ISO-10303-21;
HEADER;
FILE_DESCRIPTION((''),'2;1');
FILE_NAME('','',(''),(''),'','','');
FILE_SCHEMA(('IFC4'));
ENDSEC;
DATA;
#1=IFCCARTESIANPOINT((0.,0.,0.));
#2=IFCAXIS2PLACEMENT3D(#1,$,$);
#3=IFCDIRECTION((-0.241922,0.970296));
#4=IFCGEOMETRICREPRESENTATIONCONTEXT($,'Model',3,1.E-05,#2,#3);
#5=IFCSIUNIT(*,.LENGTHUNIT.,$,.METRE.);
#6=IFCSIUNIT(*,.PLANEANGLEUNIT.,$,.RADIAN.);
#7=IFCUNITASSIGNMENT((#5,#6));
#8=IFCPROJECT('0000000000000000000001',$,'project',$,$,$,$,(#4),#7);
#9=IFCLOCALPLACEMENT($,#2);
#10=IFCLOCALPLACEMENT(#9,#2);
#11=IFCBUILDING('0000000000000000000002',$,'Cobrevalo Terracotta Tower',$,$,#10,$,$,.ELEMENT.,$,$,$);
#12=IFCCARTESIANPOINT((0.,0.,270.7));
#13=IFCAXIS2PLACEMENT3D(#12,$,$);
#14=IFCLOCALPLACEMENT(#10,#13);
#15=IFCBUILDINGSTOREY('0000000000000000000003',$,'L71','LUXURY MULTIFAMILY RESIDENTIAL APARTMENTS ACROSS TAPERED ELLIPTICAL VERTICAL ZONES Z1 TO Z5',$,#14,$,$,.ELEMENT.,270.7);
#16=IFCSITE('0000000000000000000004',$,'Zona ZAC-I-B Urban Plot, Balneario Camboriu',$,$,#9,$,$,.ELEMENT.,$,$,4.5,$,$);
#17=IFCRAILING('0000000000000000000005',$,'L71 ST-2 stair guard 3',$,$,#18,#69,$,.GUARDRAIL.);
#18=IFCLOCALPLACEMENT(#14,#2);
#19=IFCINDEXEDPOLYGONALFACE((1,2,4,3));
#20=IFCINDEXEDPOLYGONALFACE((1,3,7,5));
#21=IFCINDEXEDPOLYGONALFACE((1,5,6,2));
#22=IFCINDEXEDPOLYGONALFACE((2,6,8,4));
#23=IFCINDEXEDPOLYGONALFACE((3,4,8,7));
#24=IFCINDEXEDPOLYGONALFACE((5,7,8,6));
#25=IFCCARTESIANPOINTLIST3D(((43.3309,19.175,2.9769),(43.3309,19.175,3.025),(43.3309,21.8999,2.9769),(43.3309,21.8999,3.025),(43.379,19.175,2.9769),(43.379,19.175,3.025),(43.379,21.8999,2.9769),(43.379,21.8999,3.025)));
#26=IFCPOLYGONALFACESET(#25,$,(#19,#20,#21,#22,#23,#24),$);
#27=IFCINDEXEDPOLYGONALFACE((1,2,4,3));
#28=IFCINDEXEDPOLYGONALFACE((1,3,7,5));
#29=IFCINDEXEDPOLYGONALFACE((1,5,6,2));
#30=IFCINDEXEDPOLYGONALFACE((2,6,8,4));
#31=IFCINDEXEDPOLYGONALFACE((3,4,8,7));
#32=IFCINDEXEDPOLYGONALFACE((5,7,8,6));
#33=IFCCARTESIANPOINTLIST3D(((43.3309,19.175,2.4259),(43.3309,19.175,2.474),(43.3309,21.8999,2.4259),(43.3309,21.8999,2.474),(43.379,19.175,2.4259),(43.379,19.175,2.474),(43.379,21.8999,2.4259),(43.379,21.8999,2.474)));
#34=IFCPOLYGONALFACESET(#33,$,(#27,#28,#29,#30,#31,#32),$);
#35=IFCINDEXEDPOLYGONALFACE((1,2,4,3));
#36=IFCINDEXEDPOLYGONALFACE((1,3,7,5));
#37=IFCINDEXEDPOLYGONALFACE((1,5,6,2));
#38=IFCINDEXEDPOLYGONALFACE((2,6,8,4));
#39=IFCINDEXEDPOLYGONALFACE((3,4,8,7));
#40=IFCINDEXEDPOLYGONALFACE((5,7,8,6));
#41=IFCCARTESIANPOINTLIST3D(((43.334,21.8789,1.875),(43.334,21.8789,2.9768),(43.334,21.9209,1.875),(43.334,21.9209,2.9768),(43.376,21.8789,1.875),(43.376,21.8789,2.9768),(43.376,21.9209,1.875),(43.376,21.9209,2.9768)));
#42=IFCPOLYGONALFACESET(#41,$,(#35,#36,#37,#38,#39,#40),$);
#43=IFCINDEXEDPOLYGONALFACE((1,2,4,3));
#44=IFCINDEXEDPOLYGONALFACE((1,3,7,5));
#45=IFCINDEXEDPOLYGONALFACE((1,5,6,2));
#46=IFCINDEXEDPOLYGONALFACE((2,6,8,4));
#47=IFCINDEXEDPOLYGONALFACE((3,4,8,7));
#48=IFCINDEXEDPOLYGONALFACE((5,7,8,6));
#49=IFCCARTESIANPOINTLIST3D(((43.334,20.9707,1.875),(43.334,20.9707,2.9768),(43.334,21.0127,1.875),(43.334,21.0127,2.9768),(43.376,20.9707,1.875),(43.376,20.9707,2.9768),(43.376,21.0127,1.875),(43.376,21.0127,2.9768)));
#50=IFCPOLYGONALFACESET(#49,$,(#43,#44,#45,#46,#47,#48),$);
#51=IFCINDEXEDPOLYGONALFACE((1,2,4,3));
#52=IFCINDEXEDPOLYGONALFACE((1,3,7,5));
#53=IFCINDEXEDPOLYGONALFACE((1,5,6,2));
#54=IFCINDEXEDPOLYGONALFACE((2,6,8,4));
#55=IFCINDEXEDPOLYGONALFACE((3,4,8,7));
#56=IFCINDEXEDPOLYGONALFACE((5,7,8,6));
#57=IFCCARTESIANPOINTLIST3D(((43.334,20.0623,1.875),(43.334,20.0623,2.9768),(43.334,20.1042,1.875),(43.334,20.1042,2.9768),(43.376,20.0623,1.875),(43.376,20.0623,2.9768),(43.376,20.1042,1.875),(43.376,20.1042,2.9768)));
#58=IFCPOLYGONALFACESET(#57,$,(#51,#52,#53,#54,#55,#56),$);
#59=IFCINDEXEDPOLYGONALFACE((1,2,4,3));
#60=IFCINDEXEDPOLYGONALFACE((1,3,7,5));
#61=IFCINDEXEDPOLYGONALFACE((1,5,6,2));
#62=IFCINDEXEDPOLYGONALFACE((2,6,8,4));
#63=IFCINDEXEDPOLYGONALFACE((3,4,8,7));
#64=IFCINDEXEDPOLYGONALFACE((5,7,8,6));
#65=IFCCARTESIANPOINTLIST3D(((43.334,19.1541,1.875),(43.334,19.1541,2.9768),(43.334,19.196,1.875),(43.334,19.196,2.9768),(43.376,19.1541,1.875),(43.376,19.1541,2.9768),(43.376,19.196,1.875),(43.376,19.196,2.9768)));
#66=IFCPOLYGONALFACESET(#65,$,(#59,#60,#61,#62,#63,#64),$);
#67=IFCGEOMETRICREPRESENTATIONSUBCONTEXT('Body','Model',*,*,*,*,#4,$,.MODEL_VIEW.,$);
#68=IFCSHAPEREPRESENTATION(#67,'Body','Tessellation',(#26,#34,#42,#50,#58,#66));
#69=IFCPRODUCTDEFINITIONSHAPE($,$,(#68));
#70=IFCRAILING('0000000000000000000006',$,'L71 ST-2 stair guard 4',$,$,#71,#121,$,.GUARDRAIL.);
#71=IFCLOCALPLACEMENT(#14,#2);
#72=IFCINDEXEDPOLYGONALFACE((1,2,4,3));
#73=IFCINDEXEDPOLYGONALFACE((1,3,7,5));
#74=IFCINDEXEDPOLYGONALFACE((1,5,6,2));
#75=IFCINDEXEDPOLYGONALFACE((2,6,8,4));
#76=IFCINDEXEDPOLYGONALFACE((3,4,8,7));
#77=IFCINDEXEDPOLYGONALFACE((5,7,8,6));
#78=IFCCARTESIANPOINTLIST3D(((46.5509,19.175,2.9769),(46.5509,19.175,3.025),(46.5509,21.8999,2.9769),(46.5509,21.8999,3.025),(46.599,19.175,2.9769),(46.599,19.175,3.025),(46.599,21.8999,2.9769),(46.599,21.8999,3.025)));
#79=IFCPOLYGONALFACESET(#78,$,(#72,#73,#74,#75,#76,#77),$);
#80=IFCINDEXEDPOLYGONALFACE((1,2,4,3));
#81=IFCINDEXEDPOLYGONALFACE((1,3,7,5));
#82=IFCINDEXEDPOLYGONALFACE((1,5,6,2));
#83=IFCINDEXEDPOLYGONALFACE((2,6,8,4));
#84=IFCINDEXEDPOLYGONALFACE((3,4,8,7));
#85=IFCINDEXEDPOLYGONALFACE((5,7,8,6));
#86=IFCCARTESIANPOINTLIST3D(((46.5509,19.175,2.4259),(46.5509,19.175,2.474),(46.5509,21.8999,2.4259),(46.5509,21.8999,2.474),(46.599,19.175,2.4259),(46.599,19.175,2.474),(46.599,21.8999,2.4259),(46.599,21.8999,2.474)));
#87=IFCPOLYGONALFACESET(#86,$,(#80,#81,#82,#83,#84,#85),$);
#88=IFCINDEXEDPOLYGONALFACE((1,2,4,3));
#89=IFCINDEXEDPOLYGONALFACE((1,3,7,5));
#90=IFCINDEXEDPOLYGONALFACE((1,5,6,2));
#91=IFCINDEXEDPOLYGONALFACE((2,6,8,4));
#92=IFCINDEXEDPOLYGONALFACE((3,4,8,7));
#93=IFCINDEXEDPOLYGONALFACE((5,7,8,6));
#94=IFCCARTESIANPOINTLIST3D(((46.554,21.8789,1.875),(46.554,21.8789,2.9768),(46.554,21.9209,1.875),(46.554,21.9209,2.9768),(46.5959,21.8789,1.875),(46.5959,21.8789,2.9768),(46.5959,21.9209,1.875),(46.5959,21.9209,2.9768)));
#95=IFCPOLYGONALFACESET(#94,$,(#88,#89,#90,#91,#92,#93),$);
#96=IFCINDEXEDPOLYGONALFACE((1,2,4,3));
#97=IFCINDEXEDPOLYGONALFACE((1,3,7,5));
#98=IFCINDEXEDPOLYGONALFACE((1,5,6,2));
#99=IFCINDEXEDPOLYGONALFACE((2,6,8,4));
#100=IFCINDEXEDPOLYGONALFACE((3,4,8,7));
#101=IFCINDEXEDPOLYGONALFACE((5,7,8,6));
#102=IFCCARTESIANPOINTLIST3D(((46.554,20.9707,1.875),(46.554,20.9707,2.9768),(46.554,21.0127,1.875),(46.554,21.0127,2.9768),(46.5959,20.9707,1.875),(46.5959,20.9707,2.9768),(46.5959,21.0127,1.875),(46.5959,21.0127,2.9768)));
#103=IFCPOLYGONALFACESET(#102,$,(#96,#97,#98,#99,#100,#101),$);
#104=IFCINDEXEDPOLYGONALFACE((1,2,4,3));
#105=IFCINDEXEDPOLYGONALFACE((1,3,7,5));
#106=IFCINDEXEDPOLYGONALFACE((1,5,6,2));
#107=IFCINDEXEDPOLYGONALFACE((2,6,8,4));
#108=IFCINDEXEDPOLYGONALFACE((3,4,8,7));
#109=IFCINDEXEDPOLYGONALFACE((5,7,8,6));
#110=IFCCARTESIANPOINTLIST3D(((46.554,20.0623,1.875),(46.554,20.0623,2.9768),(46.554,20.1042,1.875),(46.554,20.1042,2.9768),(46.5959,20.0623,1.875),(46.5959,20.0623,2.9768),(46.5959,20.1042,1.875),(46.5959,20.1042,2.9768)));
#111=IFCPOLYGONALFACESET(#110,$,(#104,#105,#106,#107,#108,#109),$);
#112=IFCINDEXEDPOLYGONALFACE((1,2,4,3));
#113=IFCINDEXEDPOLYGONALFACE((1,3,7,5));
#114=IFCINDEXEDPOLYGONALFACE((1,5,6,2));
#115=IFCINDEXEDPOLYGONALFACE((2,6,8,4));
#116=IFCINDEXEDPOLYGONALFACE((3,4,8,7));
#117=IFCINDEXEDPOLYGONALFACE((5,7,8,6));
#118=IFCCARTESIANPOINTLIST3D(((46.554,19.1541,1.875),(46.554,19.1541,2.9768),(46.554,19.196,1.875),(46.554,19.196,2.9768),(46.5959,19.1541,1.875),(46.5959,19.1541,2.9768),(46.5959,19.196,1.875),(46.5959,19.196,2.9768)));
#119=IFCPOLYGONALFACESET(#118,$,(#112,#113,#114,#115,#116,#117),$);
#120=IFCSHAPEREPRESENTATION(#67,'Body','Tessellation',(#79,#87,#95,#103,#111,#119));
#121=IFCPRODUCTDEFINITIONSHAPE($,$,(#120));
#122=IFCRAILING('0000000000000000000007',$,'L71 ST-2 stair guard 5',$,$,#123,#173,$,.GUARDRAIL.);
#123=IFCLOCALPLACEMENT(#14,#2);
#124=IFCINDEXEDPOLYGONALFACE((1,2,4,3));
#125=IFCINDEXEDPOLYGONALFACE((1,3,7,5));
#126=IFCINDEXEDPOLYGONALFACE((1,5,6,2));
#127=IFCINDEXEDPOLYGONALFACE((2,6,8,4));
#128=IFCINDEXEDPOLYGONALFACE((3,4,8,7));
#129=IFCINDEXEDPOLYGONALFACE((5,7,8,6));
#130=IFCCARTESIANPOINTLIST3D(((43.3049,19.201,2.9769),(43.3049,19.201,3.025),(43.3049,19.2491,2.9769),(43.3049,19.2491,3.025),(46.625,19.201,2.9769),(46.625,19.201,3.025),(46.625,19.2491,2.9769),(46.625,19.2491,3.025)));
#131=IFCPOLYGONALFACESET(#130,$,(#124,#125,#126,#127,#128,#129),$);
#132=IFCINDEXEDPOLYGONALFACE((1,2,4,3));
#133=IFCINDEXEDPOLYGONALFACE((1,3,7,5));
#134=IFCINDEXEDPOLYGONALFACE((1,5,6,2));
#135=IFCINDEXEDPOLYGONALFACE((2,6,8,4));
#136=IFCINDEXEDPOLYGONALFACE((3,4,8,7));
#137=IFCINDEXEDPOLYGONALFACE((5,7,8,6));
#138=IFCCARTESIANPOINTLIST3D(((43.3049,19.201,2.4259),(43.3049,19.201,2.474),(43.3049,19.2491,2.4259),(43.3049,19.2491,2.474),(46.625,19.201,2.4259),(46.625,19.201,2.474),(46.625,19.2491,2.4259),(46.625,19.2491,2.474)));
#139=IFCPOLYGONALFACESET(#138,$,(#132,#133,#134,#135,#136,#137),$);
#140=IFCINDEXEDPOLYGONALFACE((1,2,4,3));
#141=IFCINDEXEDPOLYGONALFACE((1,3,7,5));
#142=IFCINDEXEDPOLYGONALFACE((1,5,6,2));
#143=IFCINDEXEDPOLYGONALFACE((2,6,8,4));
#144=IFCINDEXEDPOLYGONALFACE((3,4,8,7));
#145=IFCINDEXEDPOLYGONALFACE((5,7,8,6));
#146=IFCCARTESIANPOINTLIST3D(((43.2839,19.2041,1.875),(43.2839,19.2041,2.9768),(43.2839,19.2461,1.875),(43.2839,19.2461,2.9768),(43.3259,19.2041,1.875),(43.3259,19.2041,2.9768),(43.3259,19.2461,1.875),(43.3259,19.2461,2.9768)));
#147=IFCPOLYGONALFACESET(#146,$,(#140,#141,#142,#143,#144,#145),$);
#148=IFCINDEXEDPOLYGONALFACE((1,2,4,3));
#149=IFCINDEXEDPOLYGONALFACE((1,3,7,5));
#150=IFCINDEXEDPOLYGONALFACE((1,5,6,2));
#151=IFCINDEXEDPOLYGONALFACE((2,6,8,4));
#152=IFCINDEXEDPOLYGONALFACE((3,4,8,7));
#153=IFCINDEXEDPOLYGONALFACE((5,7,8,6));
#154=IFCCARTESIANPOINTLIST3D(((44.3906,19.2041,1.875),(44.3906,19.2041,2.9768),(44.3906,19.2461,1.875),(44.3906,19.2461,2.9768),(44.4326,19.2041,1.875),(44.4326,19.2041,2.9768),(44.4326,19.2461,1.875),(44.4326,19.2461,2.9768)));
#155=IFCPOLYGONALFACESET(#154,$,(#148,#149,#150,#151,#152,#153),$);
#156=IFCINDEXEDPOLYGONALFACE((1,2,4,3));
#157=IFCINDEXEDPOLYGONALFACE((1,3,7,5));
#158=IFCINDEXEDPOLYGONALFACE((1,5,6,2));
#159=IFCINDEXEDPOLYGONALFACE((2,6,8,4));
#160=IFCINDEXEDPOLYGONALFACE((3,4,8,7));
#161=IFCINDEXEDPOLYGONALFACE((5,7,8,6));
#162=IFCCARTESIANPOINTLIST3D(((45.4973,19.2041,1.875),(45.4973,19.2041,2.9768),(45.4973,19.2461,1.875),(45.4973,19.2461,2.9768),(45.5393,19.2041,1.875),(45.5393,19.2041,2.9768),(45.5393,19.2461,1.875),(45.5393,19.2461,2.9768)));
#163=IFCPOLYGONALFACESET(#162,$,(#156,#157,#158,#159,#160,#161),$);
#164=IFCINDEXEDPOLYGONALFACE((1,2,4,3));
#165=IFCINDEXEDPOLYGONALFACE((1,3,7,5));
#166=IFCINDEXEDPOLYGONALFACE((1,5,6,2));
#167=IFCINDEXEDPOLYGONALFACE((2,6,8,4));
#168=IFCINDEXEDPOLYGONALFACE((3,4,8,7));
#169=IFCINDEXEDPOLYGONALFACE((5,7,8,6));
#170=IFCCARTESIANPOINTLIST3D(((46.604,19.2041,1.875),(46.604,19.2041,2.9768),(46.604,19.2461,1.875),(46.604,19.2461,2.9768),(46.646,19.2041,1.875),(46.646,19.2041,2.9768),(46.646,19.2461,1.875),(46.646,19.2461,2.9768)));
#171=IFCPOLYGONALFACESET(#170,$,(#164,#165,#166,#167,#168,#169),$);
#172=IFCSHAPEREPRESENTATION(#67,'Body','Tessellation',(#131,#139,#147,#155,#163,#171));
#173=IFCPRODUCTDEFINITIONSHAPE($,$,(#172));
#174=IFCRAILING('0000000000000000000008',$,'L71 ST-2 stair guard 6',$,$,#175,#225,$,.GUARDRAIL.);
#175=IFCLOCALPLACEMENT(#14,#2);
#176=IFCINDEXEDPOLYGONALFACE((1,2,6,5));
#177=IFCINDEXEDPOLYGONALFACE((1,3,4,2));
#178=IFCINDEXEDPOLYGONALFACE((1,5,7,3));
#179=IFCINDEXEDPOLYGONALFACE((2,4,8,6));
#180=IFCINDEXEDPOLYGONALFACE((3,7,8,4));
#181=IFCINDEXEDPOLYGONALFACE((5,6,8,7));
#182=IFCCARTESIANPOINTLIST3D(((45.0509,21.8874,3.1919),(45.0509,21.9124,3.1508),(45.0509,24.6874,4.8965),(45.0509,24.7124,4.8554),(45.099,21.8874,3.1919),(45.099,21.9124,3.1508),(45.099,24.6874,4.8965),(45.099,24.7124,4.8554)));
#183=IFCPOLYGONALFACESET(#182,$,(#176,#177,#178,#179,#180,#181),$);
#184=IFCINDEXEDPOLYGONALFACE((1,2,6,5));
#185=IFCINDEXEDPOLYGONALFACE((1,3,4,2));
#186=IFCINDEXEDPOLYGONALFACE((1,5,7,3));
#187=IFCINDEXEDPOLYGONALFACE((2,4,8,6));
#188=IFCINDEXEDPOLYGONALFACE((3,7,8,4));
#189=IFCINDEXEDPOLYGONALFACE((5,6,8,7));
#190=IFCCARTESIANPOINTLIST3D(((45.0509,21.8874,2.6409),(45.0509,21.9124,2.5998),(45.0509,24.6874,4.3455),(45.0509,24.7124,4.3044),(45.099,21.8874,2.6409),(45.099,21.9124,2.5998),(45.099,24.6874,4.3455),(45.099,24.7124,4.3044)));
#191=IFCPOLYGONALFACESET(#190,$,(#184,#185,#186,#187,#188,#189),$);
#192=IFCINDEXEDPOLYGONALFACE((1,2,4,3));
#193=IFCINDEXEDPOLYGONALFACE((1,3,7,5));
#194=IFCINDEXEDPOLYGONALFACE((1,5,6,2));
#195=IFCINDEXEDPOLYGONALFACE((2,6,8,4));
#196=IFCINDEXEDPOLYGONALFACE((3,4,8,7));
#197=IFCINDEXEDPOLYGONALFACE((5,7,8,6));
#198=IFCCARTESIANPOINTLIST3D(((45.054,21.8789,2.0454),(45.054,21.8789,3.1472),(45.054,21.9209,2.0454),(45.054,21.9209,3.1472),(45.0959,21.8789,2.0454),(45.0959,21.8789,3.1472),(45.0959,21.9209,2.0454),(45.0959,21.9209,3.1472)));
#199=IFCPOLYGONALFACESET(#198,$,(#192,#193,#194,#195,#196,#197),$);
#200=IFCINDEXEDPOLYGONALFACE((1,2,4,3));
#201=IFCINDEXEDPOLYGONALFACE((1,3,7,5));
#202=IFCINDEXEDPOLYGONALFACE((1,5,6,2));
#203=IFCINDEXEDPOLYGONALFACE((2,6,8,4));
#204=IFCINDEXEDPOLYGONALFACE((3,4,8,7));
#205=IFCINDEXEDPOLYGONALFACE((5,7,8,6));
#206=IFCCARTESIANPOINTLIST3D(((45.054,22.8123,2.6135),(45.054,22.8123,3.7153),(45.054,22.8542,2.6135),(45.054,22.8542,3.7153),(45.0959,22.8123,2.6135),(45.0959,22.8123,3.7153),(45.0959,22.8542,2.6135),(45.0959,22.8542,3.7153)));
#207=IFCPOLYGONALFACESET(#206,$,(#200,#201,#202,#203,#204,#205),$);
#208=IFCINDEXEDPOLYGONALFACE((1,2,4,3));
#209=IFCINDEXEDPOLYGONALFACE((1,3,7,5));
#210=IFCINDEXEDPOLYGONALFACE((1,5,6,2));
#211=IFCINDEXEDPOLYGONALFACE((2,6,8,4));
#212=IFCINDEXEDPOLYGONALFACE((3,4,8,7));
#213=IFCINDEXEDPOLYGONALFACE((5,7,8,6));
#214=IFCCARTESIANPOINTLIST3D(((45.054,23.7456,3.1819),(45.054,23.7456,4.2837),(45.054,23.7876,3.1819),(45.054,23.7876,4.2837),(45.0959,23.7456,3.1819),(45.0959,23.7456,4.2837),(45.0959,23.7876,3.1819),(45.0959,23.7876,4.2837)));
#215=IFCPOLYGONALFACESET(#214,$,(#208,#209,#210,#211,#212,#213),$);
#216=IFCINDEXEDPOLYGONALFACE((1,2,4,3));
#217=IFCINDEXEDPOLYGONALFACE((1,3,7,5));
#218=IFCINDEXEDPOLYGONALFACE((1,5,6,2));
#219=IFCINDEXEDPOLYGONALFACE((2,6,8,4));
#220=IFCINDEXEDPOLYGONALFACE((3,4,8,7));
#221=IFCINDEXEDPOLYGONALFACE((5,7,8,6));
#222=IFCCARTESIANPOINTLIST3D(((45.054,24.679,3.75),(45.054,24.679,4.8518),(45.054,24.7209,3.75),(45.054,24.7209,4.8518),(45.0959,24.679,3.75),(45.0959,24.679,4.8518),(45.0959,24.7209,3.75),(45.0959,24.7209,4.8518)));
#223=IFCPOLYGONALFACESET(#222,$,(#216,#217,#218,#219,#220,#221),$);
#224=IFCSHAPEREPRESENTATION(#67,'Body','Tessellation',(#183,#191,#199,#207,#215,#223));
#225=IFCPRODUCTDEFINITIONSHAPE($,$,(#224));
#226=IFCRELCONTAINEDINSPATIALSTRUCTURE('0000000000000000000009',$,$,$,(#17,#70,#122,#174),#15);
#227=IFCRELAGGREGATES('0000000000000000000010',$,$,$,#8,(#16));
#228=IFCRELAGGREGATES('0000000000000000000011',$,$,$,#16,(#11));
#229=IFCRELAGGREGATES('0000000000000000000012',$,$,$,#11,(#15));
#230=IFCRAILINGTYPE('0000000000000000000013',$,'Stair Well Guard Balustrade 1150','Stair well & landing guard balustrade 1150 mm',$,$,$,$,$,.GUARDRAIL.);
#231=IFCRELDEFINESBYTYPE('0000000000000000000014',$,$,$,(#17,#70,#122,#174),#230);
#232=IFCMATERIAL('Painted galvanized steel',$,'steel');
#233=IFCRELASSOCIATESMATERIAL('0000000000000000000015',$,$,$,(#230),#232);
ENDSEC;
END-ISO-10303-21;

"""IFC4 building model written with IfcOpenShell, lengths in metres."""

from ifc_helpers import new_model, si_unit, direction, frame, origin, origin_2d, place, context, subcontext, project, spatial, rectangle, extrude, material, type_object, element, save


model = new_model("IFC4")

# Units and contexts
model_context = context("Model", 3, precision=1e-05, world=origin(), true_north=direction((-0.241922, 0.970296)))
body_context = subcontext(model_context, "Body", "Model", "MODEL_VIEW")
ifc_project = project(units=[si_unit("LENGTHUNIT", "METRE"), si_unit("PLANEANGLEUNIT", "RADIAN")], contexts=[model_context])

# Site, building, storey
site_placement = place(None, origin())
site = spatial("IfcSite", under=ifc_project, at=site_placement, Name="Zona ZAC-I-B Urban Plot, Balneario Camboriu", CompositionType="ELEMENT", RefElevation=4.5)
building_placement = place(site_placement, origin())
building = spatial("IfcBuilding", under=site, at=building_placement, Name="Cobrevalo Terracotta Tower", CompositionType="ELEMENT")
storey_placement = place(building_placement, frame((0.0, 0.0, 270.7)))
storey = spatial("IfcBuildingStorey", under=building, at=storey_placement, Name="L71", Description="LUXURY MULTIFAMILY RESIDENTIAL APARTMENTS ACROSS TAPERED ELLIPTICAL VERTICAL ZONES Z1 TO Z5", CompositionType="ELEMENT", Elevation=270.7)

# Railings
ifc_material_1 = material(Name="Painted galvanized steel", Category="steel")
railing_type_1 = type_object("IfcRailingType", Name="Stair Well Guard Balustrade 1150", Description="Stair well & landing guard balustrade 1150 mm", PredefinedType="GUARDRAIL", material=ifc_material_1)
for number, where, name in (
    (1, (43.355, 21.8999, 1.875), "L71 ST-2 stair guard 3"),
    (2, (46.575, 21.8999, 1.875), "L71 ST-2 stair guard 4"),
):
    element("IfcRailing", number, at=place(storey_placement, frame(where)), inside=storey, type_object=railing_type_1, Name=name, PredefinedType="GUARDRAIL", context=body_context, shape_type="SweptSolid", body=[
        extrude(rectangle(XDim=0.0481, YDim=0.0481, at=origin_2d()), frame((0.0, 0.0, 1.126), z_axis=(0.0, -1.0, 0.0), x_axis=(1.0, 0.0, 0.0)), (0.0, 0.0, 1.0), 2.7249),
        extrude(rectangle(XDim=0.0481, YDim=0.0481, at=origin_2d()), frame((0.0, 0.0, 0.575), z_axis=(0.0, -1.0, 0.0), x_axis=(1.0, 0.0, 0.0)), (0.0, 0.0, 1.0), 2.7249),
        extrude(rectangle(XDim=0.042, YDim=0.042, at=origin_2d()), origin(), (0.0, 0.0, 1.0), 1.1018),
        extrude(rectangle(XDim=0.042, YDim=0.042, at=origin_2d()), frame((0.0, -0.9082, 0.0)), (0.0, 0.0, 1.0), 1.1018),
        extrude(rectangle(XDim=0.042, YDim=0.042, at=origin_2d()), frame((0.0, -1.8167, 0.0)), (0.0, 0.0, 1.0), 1.1018),
        extrude(rectangle(XDim=0.042, YDim=0.042, at=origin_2d()), frame((0.0, -2.7249, 0.0)), (0.0, 0.0, 1.0), 1.1018),
    ])
railing_1_placement = place(storey_placement, frame((43.3049, 19.2251, 1.875)))
element("IfcRailing", 3, at=railing_1_placement, inside=storey, type_object=railing_type_1, Name="L71 ST-2 stair guard 5", PredefinedType="GUARDRAIL", context=body_context, shape_type="SweptSolid", body=[
    extrude(rectangle(XDim=0.0481, YDim=0.0481, at=origin_2d()), frame((0.0, 0.0, 1.126), z_axis=(1.0, 0.0, 0.0), x_axis=(0.0, 1.0, 0.0)), (0.0, 0.0, 1.0), 3.3201),
    extrude(rectangle(XDim=0.0481, YDim=0.0481, at=origin_2d()), frame((0.0, 0.0, 0.575), z_axis=(1.0, 0.0, 0.0), x_axis=(0.0, 1.0, 0.0)), (0.0, 0.0, 1.0), 3.3201),
    extrude(rectangle(XDim=0.042, YDim=0.042, at=origin_2d()), origin(), (0.0, 0.0, 1.0), 1.1018),
    extrude(rectangle(XDim=0.042, YDim=0.042, at=origin_2d()), frame((1.1067, 0.0, 0.0)), (0.0, 0.0, 1.0), 1.1018),
    extrude(rectangle(XDim=0.042, YDim=0.042, at=origin_2d()), frame((2.2134, 0.0, 0.0)), (0.0, 0.0, 1.0), 1.1018),
    extrude(rectangle(XDim=0.042, YDim=0.042, at=origin_2d()), frame((3.3201, 0.0, 0.0)), (0.0, 0.0, 1.0), 1.1018),
])
railing_2_placement = place(storey_placement, frame((45.075, 21.8999, 2.0454)))
element("IfcRailing", 4, at=railing_2_placement, inside=storey, type_object=railing_type_1, Name="L71 ST-2 stair guard 6", PredefinedType="GUARDRAIL", context=body_context, shape_type="SweptSolid", body=[
    extrude(rectangle(XDim=0.0481, YDim=0.0481, at=origin_2d()), frame((0.0, 0.0, 1.126), z_axis=(0.0, 0.85417, 0.519994), x_axis=(-1.0, 0.0, 0.0)), (0.0, 0.0, 1.0), 3.2781),
    extrude(rectangle(XDim=0.0481, YDim=0.0481, at=origin_2d()), frame((0.0, 0.0, 0.575), z_axis=(0.0, 0.85417, 0.519994), x_axis=(-1.0, 0.0, 0.0)), (0.0, 0.0, 1.0), 3.2781),
    extrude(rectangle(XDim=0.042, YDim=0.042, at=origin_2d()), origin(), (0.0, 0.0, 1.0), 1.1018),
    extrude(rectangle(XDim=0.042, YDim=0.042, at=origin_2d()), frame((0.0, 0.9333, 0.5681)), (0.0, 0.0, 1.0), 1.1018),
    extrude(rectangle(XDim=0.042, YDim=0.042, at=origin_2d()), frame((0.0, 1.8667, 1.1365)), (0.0, 0.0, 1.0), 1.1018),
    extrude(rectangle(XDim=0.042, YDim=0.042, at=origin_2d()), frame((0.0, 2.8, 1.7046)), (0.0, 0.0, 1.0), 1.1018),
])

save(model, "model.ifc")
